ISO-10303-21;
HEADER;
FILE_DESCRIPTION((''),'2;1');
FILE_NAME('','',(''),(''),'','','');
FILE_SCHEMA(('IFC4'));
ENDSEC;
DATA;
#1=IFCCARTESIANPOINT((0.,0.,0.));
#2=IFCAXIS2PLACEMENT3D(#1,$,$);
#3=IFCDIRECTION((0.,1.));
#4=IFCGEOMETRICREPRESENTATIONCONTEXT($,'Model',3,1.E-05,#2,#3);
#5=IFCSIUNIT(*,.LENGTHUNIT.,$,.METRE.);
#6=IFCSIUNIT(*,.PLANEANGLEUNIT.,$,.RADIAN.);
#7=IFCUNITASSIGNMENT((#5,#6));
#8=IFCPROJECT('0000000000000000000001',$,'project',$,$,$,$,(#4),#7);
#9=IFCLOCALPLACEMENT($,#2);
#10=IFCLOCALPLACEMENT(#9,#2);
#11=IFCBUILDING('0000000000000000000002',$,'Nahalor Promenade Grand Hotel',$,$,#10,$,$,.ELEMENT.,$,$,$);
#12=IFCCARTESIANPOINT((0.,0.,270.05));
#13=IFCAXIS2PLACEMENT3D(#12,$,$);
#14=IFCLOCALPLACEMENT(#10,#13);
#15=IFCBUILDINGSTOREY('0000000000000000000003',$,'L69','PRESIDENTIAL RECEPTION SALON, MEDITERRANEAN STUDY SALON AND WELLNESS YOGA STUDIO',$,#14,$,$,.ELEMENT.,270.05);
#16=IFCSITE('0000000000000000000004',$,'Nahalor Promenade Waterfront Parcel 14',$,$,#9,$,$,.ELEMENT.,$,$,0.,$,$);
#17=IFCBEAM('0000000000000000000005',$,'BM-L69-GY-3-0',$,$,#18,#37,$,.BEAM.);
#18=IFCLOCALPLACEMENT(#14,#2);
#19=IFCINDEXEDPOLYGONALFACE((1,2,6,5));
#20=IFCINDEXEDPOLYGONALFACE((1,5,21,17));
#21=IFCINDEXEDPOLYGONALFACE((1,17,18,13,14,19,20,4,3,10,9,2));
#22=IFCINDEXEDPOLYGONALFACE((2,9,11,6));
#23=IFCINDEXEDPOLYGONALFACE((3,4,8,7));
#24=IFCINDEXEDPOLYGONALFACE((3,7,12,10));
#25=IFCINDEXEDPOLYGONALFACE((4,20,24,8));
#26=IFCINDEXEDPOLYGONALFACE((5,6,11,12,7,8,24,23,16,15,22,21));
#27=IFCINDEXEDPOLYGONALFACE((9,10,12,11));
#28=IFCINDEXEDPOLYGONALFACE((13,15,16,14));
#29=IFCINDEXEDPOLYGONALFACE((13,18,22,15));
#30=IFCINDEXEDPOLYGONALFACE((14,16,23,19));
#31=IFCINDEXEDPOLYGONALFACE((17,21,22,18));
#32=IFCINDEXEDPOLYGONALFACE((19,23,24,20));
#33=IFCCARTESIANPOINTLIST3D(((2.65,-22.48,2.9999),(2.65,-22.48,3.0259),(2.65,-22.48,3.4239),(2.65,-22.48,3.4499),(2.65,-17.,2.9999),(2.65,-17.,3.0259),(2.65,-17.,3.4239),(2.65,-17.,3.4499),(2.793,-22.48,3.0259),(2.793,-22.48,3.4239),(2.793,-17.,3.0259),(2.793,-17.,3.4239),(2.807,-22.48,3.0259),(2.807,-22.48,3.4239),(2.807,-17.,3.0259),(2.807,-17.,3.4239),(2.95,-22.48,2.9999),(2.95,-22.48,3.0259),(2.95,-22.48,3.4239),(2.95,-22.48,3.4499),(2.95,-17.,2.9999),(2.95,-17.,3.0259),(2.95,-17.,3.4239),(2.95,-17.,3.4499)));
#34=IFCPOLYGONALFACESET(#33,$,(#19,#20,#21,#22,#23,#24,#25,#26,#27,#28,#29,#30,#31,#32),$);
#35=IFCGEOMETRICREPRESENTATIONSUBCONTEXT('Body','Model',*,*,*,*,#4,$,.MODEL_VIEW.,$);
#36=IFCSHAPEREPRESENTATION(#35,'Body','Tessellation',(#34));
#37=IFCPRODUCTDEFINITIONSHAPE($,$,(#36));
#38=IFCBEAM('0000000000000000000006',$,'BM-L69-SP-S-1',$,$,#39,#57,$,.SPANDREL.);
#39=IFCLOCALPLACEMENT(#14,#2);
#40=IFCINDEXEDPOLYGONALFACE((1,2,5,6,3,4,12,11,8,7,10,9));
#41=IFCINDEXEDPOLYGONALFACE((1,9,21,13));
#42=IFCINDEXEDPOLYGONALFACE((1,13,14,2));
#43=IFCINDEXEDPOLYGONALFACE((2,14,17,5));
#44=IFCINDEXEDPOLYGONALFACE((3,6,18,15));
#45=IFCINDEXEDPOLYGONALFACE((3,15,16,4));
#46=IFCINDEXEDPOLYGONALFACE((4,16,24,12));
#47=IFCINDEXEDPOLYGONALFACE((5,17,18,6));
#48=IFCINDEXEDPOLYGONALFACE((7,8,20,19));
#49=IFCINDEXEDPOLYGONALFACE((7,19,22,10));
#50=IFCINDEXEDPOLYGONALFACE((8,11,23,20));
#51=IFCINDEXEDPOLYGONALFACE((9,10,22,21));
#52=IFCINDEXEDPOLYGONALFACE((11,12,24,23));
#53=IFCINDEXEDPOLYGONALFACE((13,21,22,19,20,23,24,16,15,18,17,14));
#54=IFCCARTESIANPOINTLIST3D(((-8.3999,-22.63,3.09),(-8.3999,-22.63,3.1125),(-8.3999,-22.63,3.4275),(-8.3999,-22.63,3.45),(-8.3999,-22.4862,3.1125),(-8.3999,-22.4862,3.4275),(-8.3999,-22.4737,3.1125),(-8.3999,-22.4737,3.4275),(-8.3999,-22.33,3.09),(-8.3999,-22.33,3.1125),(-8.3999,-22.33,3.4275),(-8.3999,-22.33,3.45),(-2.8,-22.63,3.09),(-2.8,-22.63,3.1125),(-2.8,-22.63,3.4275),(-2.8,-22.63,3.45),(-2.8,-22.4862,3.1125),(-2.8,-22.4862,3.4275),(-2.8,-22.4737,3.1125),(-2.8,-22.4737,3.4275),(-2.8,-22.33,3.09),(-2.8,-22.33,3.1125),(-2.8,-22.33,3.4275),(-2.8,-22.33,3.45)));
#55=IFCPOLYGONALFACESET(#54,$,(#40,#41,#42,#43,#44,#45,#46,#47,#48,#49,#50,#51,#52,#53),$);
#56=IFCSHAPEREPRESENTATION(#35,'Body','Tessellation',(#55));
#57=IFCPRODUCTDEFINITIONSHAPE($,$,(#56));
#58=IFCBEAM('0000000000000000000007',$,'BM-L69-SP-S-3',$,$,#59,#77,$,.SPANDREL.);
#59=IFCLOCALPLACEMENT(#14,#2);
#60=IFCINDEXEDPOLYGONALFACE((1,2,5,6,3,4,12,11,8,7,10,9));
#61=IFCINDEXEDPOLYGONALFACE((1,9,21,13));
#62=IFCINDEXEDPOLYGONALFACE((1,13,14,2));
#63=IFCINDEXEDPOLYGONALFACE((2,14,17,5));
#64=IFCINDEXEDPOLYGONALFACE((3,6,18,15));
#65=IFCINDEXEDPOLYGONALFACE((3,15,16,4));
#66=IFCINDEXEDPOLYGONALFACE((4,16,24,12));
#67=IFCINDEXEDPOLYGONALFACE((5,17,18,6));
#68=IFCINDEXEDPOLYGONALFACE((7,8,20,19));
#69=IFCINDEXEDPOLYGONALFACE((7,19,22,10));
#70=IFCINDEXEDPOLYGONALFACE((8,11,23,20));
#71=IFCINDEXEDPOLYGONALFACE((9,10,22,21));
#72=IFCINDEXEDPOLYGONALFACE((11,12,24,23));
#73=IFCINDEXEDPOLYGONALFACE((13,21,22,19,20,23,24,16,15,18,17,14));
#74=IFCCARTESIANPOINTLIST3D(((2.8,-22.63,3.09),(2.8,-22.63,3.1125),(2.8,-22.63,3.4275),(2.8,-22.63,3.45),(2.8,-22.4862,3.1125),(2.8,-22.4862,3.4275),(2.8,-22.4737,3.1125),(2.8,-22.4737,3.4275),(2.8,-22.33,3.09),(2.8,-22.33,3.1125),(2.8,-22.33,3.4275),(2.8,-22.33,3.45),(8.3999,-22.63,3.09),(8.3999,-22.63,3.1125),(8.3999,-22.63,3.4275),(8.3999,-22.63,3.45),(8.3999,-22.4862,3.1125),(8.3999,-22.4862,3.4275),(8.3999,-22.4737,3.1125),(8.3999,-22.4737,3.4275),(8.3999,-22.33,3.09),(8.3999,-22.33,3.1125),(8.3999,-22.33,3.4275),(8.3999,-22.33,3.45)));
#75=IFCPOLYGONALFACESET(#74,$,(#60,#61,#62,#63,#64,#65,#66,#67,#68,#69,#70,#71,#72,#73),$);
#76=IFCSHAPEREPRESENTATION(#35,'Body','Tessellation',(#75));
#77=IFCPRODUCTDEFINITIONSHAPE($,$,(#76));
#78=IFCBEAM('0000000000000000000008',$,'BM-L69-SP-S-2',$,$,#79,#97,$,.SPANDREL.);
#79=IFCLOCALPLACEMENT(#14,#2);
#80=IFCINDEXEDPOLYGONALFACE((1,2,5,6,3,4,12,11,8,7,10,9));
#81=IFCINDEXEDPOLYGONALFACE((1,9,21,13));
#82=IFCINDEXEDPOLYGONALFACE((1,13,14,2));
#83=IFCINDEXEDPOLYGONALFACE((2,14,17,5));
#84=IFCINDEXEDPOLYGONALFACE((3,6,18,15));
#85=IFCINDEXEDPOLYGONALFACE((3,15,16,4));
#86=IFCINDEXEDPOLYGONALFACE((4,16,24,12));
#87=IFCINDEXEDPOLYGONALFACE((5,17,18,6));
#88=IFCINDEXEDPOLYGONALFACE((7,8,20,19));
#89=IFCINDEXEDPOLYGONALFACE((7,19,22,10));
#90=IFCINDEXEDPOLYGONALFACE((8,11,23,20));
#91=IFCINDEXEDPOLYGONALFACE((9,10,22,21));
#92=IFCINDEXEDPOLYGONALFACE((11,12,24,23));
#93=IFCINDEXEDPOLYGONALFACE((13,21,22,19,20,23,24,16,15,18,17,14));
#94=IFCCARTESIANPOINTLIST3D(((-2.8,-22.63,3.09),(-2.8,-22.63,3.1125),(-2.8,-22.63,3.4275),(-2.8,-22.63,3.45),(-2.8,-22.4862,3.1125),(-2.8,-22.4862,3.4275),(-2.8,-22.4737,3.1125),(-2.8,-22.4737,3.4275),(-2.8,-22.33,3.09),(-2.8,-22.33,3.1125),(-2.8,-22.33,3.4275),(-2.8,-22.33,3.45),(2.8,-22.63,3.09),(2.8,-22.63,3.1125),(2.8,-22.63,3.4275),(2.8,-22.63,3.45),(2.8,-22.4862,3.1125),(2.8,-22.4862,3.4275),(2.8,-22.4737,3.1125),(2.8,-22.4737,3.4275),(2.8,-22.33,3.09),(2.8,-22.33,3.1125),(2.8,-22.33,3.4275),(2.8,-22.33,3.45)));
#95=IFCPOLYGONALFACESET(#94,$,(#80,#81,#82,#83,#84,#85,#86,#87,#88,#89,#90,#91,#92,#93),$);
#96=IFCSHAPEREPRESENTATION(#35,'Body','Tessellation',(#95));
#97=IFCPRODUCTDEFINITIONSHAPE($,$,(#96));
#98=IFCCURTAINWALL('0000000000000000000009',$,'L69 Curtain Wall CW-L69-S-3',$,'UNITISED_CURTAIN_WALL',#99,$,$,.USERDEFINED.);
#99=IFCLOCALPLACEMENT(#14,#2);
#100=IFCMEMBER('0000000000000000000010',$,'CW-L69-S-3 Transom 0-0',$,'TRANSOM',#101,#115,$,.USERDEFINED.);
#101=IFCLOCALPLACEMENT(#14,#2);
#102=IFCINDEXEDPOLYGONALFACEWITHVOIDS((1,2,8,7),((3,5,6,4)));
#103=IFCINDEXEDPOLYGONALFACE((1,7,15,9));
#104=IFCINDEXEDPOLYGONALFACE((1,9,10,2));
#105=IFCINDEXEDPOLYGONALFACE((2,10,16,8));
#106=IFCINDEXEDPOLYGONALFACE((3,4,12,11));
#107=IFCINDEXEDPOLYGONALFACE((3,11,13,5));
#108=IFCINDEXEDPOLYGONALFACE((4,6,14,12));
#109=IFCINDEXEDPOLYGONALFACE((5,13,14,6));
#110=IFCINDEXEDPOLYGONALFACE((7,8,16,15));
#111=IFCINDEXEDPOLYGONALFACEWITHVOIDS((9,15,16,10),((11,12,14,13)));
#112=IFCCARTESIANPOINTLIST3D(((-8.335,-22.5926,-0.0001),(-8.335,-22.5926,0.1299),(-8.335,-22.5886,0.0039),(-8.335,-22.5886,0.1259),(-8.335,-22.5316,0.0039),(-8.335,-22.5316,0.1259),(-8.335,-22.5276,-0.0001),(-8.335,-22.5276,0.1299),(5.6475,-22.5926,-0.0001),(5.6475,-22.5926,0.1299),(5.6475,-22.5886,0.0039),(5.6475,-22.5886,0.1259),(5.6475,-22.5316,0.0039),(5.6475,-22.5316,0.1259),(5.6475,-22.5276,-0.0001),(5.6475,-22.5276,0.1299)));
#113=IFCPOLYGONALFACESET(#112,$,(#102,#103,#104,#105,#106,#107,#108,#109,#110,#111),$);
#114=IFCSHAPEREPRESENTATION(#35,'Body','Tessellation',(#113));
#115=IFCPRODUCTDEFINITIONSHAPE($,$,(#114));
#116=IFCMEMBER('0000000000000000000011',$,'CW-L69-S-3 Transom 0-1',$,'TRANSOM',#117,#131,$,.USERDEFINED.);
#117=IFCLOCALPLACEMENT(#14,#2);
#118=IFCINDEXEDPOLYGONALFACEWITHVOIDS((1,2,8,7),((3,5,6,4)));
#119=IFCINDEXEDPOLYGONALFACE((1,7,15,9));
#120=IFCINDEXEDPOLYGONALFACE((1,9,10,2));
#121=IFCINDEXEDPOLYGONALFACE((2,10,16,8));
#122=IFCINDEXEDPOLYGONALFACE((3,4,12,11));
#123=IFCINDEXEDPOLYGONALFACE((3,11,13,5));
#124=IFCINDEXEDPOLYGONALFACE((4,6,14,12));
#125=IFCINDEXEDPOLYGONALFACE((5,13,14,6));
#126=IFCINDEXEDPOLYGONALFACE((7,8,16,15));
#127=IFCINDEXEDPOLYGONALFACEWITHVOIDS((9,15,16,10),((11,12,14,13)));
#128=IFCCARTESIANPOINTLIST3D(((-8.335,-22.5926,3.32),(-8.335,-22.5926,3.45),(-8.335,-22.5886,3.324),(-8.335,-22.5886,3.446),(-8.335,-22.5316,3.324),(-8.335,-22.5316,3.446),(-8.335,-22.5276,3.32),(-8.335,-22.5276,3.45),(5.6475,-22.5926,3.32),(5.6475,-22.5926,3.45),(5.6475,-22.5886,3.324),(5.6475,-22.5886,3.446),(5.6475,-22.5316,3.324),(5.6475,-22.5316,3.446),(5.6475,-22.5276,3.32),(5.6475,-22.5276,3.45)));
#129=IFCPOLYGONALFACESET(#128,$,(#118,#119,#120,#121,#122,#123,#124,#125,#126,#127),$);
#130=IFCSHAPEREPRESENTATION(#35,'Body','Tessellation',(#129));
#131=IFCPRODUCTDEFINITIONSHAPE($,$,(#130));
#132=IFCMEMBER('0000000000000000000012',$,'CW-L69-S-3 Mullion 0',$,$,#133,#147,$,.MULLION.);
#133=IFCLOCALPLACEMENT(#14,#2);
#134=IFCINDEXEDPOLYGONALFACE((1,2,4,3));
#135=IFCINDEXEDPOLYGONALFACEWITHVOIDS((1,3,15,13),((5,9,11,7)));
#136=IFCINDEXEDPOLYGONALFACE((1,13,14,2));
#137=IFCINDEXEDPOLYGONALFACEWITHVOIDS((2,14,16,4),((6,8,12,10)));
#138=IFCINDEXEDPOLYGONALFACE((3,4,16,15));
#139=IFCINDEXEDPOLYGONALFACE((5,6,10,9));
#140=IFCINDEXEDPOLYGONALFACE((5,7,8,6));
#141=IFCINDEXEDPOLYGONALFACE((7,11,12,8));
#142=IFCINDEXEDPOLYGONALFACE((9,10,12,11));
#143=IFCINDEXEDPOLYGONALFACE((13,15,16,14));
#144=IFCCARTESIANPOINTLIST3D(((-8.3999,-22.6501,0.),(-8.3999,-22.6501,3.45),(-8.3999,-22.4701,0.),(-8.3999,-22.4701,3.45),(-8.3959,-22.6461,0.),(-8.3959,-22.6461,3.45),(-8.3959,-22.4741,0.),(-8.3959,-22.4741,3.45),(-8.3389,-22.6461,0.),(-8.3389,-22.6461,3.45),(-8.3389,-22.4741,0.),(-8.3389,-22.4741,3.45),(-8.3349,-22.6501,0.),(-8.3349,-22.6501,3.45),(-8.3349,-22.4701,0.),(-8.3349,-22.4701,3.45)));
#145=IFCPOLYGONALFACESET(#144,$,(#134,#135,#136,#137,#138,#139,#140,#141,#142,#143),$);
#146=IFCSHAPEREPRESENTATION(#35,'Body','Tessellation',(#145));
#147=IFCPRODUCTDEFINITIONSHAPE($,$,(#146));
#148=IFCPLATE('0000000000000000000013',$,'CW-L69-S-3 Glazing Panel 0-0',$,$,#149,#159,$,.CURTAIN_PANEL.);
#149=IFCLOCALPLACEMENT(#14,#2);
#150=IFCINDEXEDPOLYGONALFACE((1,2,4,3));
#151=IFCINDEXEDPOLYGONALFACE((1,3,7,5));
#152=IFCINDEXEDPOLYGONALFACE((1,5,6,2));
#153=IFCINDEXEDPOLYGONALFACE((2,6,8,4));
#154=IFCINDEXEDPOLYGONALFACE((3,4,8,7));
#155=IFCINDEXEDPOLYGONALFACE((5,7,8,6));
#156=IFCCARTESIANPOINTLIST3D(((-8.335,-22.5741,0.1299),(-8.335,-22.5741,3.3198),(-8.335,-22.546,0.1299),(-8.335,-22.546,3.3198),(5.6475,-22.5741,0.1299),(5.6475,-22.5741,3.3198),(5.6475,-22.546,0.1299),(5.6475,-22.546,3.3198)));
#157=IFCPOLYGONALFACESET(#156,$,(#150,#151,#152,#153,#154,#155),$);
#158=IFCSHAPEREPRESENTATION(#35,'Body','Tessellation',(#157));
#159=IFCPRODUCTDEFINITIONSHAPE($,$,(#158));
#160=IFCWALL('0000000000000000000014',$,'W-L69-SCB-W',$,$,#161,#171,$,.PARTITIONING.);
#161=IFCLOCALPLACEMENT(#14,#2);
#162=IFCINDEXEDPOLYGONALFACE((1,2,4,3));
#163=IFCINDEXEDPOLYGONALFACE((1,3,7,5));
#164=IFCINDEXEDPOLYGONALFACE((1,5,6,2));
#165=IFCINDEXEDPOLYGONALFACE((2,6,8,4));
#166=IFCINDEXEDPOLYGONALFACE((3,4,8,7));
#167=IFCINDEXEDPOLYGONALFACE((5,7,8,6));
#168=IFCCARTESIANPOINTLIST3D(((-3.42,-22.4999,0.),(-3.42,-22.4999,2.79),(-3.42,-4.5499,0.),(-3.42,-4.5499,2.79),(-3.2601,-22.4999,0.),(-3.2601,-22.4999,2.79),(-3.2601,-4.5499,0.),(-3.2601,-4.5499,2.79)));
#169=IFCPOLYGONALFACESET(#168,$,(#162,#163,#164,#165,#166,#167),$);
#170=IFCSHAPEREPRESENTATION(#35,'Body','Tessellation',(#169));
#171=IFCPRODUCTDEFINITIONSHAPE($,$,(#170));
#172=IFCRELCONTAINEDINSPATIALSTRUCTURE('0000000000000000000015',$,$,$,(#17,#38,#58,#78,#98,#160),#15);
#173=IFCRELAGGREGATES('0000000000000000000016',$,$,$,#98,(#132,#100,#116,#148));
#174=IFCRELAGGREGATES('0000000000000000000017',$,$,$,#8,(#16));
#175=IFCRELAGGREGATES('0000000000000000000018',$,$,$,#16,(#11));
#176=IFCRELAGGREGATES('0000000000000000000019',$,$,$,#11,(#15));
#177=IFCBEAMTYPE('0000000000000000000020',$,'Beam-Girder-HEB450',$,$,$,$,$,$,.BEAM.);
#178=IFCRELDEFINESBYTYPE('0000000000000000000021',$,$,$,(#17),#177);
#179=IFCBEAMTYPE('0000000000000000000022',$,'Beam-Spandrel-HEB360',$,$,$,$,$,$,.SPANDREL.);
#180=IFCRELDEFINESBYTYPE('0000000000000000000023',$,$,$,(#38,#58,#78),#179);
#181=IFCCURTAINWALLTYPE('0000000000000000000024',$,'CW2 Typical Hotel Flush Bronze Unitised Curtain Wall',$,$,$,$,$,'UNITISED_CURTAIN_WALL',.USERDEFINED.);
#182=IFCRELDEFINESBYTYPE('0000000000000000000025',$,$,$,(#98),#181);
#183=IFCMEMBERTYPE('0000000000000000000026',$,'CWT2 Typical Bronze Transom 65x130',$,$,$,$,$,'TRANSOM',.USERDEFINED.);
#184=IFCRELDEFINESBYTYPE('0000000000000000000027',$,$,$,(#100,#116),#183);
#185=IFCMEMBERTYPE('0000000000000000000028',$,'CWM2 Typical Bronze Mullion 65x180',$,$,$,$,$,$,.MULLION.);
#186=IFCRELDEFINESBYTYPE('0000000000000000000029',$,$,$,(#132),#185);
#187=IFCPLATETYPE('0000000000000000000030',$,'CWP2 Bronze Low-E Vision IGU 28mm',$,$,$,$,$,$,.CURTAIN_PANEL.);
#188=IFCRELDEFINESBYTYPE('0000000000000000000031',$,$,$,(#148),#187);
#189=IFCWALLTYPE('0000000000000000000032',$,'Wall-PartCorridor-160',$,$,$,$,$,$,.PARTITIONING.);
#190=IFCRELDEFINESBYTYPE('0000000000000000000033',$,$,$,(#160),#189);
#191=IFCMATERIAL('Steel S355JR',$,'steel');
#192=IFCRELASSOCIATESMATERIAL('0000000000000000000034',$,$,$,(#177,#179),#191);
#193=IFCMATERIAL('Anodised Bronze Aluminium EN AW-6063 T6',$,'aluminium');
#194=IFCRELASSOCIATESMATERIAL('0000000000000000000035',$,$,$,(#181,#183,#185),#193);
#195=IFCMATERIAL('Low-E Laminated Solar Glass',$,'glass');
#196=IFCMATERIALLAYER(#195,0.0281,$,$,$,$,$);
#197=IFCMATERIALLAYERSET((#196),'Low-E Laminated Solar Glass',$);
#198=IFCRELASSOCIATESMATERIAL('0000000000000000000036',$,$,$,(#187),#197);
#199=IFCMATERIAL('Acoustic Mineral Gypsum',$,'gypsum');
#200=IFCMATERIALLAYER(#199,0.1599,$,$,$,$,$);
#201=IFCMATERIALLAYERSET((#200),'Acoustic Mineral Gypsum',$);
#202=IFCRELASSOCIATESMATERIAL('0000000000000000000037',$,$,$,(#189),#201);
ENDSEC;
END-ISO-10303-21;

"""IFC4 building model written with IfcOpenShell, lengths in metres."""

from ifc_helpers import new_model, si_unit, direction, frame, frame_2d, origin, origin_2d, place, context, subcontext, project, spatial, rectangle, hollow_rectangle, i_section, extrude, source, transform, mapped, material, layer, layer_set, material_profile, profile_set, type_object, element, aggregate, save


model = new_model("IFC4")

# Units and contexts
model_context = context("Model", 3, precision=1e-05, world=origin(), true_north=direction((0.0, 1.0)))
body_context = subcontext(model_context, "Body", "Model", "MODEL_VIEW")
ifc_project = project(units=[si_unit("LENGTHUNIT", "METRE"), si_unit("PLANEANGLEUNIT", "RADIAN")], contexts=[model_context])

# Site, building, storey
site_placement = place(None, origin())
site = spatial("IfcSite", under=ifc_project, at=site_placement, Name="Nahalor Promenade Waterfront Parcel 14", CompositionType="ELEMENT", RefElevation=0.0)
building_placement = place(site_placement, origin())
building = spatial("IfcBuilding", under=site, at=building_placement, Name="Nahalor Promenade Grand Hotel", CompositionType="ELEMENT")
storey_placement = place(building_placement, frame((0.0, 0.0, 270.05)))
storey = spatial("IfcBuildingStorey", under=building, at=storey_placement, Name="L69", Description="PRESIDENTIAL RECEPTION SALON, MEDITERRANEAN STUDY SALON AND WELLNESS YOGA STUDIO", CompositionType="ELEMENT", Elevation=270.05)

# Shared definitions
ifc_material_1 = material(Name="Steel S355JR", Category="steel")

# Beams
ifc_material_profile_1 = material_profile(ifc_material_1, i_section(OverallWidth=0.3, OverallDepth=0.45, WebThickness=0.014, FlangeThickness=0.026, at=origin_2d()), Name="HEB 450")
ifc_profile_set_1 = profile_set([ifc_material_profile_1], Name="Steel S355JR")
beam_type_1 = type_object("IfcBeamType", Name="Beam-Girder-HEB450", PredefinedType="BEAM", material=ifc_profile_set_1)
shared_shape_1 = source(origin(), body_context, "Body", "SweptSolid", [
    extrude(i_section(OverallWidth=0.3, OverallDepth=0.45, WebThickness=0.014, FlangeThickness=0.026, at=origin_2d()), origin(), (0.0, 0.0, 1.0), 5.48),
])
for number, where, z_axis, x_axis, name in (
    (1, (2.8, -22.48, 3.2249), (0.0, 1.0, 0.0), (-1.0, 0.0, 0.0), "BM-L69-GY-3-0"),
):
    element("IfcBeam", number, at=place(storey_placement, frame(where, z_axis=z_axis, x_axis=x_axis)), inside=storey, type_object=beam_type_1, Name=name, PredefinedType="BEAM", context=body_context, shape_type="MappedRepresentation", body=[
        mapped(shared_shape_1, transform((0.0, 0.0, 0.0), scale=1.0)),
    ])
ifc_material_profile_2 = material_profile(ifc_material_1, i_section(OverallWidth=0.3, OverallDepth=0.36, WebThickness=0.0125, FlangeThickness=0.0225, at=origin_2d()), Name="HEB 360")
ifc_profile_set_2 = profile_set([ifc_material_profile_2], Name="Steel S355JR")
beam_type_2 = type_object("IfcBeamType", Name="Beam-Spandrel-HEB360", PredefinedType="SPANDREL", material=ifc_profile_set_2)
shared_shape_2 = source(origin(), body_context, "Body", "SweptSolid", [
    extrude(i_section(OverallWidth=0.3, OverallDepth=0.36, WebThickness=0.0125, FlangeThickness=0.0225, at=origin_2d()), origin(), (0.0, 0.0, 1.0), 5.5999),
])
for number, where, z_axis, x_axis, name in (
    (2, (-8.3999, -22.48, 3.27), (1.0, 0.0, 0.0), (0.0, 1.0, 0.0), "BM-L69-SP-S-1"),
    (3, (2.8, -22.48, 3.27), (1.0, 0.0, 0.0), (0.0, 1.0, 0.0), "BM-L69-SP-S-3"),
):
    element("IfcBeam", number, at=place(storey_placement, frame(where, z_axis=z_axis, x_axis=x_axis)), inside=storey, type_object=beam_type_2, Name=name, PredefinedType="SPANDREL", context=body_context, shape_type="MappedRepresentation", body=[
        mapped(shared_shape_2, transform((0.0, 0.0, 0.0), scale=1.0)),
    ])
shared_shape_3 = source(origin(), body_context, "Body", "SweptSolid", [
    extrude(i_section(OverallWidth=0.3, OverallDepth=0.36, WebThickness=0.0125, FlangeThickness=0.0225, at=origin_2d()), origin(), (0.0, 0.0, 1.0), 5.6001),
])
beam_1_placement = place(storey_placement, frame((-2.8, -22.48, 3.27), z_axis=(1.0, 0.0, 0.0), x_axis=(0.0, 1.0, 0.0)))
element("IfcBeam", 4, at=beam_1_placement, inside=storey, type_object=beam_type_2, Name="BM-L69-SP-S-2", PredefinedType="SPANDREL", context=body_context, shape_type="MappedRepresentation", body=[
    mapped(shared_shape_3, transform((0.0, 0.0, 0.0), scale=1.0)),
])

# Curtain wall, members, plate
ifc_material_2 = material(Name="Anodised Bronze Aluminium EN AW-6063 T6", Category="aluminium")
curtain_wall_type = type_object("IfcCurtainWallType", Name="CW2 Typical Hotel Flush Bronze Unitised Curtain Wall", ElementType="UNITISED_CURTAIN_WALL", PredefinedType="USERDEFINED", material=ifc_material_2)
curtain_wall_placement = place(storey_placement, origin())
curtain_wall = element("IfcCurtainWall", 5, at=curtain_wall_placement, inside=storey, type_object=curtain_wall_type, Name="L69 Curtain Wall CW-L69-S-3", ObjectType="UNITISED_CURTAIN_WALL", PredefinedType="USERDEFINED")
ifc_material_profile_3 = material_profile(ifc_material_2, hollow_rectangle(XDim=0.065, YDim=0.13, WallThickness=0.004, at=origin_2d()), Name="CWT 65x130x4")
ifc_profile_set_3 = profile_set([ifc_material_profile_3], Name="Anodised Bronze Aluminium EN AW-6063 T6")
member_type_1 = type_object("IfcMemberType", Name="CWT2 Typical Bronze Transom 65x130", ElementType="TRANSOM", PredefinedType="USERDEFINED", material=ifc_profile_set_3)
shared_shape_4 = source(origin(), body_context, "Body", "SweptSolid", [
    extrude(hollow_rectangle(XDim=0.065, YDim=0.13, WallThickness=0.004, at=origin_2d()), origin(), (0.0, 0.0, 1.0), 13.9824),
])
member_1_placement = place(storey_placement, frame((-8.335, -22.5601, 0.0649), z_axis=(1.0, 0.0, 0.0), x_axis=(0.0, 1.0, 0.0)))
member_1 = element("IfcMember", 6, at=member_1_placement, type_object=member_type_1, Name="CW-L69-S-3 Transom 0-0", ObjectType="TRANSOM", PredefinedType="USERDEFINED", context=body_context, shape_type="MappedRepresentation", body=[
    mapped(shared_shape_4, transform((0.0, 0.0, 0.0), scale=1.0)),
])
member_2_placement = place(storey_placement, frame((-8.335, -22.5601, 3.385), z_axis=(1.0, 0.0, 0.0), x_axis=(0.0, 1.0, 0.0)))
member_2 = element("IfcMember", 7, at=member_2_placement, type_object=member_type_1, Name="CW-L69-S-3 Transom 0-1", ObjectType="TRANSOM", PredefinedType="USERDEFINED", context=body_context, shape_type="MappedRepresentation", body=[
    mapped(shared_shape_4, transform((0.0, 0.0, 0.0), scale=1.0)),
])
ifc_material_profile_4 = material_profile(ifc_material_2, hollow_rectangle(XDim=0.065, YDim=0.18, WallThickness=0.004, at=origin_2d()), Name="CWM 65x180x4")
ifc_profile_set_4 = profile_set([ifc_material_profile_4], Name="Anodised Bronze Aluminium EN AW-6063 T6")
member_type_2 = type_object("IfcMemberType", Name="CWM2 Typical Bronze Mullion 65x180", PredefinedType="MULLION", material=ifc_profile_set_4)
shared_shape_5 = source(origin(), body_context, "Body", "SweptSolid", [
    extrude(hollow_rectangle(XDim=0.065, YDim=0.18, WallThickness=0.004, at=origin_2d()), origin(), (0.0, 0.0, 1.0), 3.45),
])
member_3_placement = place(storey_placement, frame((-8.3674, -22.5601, 0.0), z_axis=(0.0, 0.0, 1.0), x_axis=(1.0, 0.0, 0.0)))
member_3 = element("IfcMember", 8, at=member_3_placement, type_object=member_type_2, Name="CW-L69-S-3 Mullion 0", PredefinedType="MULLION", context=body_context, shape_type="MappedRepresentation", body=[
    mapped(shared_shape_5, transform((0.0, 0.0, 0.0), scale=1.0)),
])
ifc_material_3 = material(Name="Low-E Laminated Solar Glass", Category="glass")
ifc_layer_1 = layer(ifc_material_3, 0.0281)
ifc_layer_set_1 = layer_set([ifc_layer_1], Name="Low-E Laminated Solar Glass")
plate_type = type_object("IfcPlateType", Name="CWP2 Bronze Low-E Vision IGU 28mm", PredefinedType="CURTAIN_PANEL", material=ifc_layer_set_1)
shared_shape_6 = source(origin(), body_context, "Body", "SweptSolid", [
    extrude(rectangle(XDim=13.9824, YDim=0.0281, at=origin_2d()), origin(), (0.0, 0.0, 1.0), 3.1899),
])
plate_placement = place(storey_placement, frame((-1.3438, -22.5601, 0.1299), z_axis=(0.0, 0.0, 1.0), x_axis=(1.0, 0.0, 0.0)))
plate = element("IfcPlate", 9, at=plate_placement, type_object=plate_type, Name="CW-L69-S-3 Glazing Panel 0-0", PredefinedType="CURTAIN_PANEL", context=body_context, shape_type="MappedRepresentation", body=[
    mapped(shared_shape_6, transform((0.0, 0.0, 0.0), scale=1.0)),
])
aggregate(curtain_wall, [member_3, member_1, member_2, plate])

# Wall
ifc_material_4 = material(Name="Acoustic Mineral Gypsum", Category="gypsum")
ifc_layer_2 = layer(ifc_material_4, 0.1599)
ifc_layer_set_2 = layer_set([ifc_layer_2], Name="Acoustic Mineral Gypsum")
wall_type_1 = type_object("IfcWallType", Name="Wall-PartCorridor-160", PredefinedType="PARTITIONING", material=ifc_layer_set_2)
shared_shape_7 = source(origin(), body_context, "Body", "SweptSolid", [
    extrude(rectangle(XDim=17.95, YDim=0.1599, at=frame_2d((8.9751, 0.0))), origin(), (0.0, 0.0, 1.0), 2.79),
])
for number, where, z_axis, x_axis, name in (
    (10, (-3.3401, -22.5, 0.0), (0.0, 0.0, 1.0), (0.0, 1.0, 0.0), "W-L69-SCB-W"),
):
    element("IfcWall", number, at=place(storey_placement, frame(where, z_axis=z_axis, x_axis=x_axis)), inside=storey, type_object=wall_type_1, Name=name, PredefinedType="PARTITIONING", context=body_context, shape_type="MappedRepresentation", body=[
        mapped(shared_shape_7, transform((0.0, 0.0, 0.0), scale=1.0)),
    ])

save(model, "model.ifc")
